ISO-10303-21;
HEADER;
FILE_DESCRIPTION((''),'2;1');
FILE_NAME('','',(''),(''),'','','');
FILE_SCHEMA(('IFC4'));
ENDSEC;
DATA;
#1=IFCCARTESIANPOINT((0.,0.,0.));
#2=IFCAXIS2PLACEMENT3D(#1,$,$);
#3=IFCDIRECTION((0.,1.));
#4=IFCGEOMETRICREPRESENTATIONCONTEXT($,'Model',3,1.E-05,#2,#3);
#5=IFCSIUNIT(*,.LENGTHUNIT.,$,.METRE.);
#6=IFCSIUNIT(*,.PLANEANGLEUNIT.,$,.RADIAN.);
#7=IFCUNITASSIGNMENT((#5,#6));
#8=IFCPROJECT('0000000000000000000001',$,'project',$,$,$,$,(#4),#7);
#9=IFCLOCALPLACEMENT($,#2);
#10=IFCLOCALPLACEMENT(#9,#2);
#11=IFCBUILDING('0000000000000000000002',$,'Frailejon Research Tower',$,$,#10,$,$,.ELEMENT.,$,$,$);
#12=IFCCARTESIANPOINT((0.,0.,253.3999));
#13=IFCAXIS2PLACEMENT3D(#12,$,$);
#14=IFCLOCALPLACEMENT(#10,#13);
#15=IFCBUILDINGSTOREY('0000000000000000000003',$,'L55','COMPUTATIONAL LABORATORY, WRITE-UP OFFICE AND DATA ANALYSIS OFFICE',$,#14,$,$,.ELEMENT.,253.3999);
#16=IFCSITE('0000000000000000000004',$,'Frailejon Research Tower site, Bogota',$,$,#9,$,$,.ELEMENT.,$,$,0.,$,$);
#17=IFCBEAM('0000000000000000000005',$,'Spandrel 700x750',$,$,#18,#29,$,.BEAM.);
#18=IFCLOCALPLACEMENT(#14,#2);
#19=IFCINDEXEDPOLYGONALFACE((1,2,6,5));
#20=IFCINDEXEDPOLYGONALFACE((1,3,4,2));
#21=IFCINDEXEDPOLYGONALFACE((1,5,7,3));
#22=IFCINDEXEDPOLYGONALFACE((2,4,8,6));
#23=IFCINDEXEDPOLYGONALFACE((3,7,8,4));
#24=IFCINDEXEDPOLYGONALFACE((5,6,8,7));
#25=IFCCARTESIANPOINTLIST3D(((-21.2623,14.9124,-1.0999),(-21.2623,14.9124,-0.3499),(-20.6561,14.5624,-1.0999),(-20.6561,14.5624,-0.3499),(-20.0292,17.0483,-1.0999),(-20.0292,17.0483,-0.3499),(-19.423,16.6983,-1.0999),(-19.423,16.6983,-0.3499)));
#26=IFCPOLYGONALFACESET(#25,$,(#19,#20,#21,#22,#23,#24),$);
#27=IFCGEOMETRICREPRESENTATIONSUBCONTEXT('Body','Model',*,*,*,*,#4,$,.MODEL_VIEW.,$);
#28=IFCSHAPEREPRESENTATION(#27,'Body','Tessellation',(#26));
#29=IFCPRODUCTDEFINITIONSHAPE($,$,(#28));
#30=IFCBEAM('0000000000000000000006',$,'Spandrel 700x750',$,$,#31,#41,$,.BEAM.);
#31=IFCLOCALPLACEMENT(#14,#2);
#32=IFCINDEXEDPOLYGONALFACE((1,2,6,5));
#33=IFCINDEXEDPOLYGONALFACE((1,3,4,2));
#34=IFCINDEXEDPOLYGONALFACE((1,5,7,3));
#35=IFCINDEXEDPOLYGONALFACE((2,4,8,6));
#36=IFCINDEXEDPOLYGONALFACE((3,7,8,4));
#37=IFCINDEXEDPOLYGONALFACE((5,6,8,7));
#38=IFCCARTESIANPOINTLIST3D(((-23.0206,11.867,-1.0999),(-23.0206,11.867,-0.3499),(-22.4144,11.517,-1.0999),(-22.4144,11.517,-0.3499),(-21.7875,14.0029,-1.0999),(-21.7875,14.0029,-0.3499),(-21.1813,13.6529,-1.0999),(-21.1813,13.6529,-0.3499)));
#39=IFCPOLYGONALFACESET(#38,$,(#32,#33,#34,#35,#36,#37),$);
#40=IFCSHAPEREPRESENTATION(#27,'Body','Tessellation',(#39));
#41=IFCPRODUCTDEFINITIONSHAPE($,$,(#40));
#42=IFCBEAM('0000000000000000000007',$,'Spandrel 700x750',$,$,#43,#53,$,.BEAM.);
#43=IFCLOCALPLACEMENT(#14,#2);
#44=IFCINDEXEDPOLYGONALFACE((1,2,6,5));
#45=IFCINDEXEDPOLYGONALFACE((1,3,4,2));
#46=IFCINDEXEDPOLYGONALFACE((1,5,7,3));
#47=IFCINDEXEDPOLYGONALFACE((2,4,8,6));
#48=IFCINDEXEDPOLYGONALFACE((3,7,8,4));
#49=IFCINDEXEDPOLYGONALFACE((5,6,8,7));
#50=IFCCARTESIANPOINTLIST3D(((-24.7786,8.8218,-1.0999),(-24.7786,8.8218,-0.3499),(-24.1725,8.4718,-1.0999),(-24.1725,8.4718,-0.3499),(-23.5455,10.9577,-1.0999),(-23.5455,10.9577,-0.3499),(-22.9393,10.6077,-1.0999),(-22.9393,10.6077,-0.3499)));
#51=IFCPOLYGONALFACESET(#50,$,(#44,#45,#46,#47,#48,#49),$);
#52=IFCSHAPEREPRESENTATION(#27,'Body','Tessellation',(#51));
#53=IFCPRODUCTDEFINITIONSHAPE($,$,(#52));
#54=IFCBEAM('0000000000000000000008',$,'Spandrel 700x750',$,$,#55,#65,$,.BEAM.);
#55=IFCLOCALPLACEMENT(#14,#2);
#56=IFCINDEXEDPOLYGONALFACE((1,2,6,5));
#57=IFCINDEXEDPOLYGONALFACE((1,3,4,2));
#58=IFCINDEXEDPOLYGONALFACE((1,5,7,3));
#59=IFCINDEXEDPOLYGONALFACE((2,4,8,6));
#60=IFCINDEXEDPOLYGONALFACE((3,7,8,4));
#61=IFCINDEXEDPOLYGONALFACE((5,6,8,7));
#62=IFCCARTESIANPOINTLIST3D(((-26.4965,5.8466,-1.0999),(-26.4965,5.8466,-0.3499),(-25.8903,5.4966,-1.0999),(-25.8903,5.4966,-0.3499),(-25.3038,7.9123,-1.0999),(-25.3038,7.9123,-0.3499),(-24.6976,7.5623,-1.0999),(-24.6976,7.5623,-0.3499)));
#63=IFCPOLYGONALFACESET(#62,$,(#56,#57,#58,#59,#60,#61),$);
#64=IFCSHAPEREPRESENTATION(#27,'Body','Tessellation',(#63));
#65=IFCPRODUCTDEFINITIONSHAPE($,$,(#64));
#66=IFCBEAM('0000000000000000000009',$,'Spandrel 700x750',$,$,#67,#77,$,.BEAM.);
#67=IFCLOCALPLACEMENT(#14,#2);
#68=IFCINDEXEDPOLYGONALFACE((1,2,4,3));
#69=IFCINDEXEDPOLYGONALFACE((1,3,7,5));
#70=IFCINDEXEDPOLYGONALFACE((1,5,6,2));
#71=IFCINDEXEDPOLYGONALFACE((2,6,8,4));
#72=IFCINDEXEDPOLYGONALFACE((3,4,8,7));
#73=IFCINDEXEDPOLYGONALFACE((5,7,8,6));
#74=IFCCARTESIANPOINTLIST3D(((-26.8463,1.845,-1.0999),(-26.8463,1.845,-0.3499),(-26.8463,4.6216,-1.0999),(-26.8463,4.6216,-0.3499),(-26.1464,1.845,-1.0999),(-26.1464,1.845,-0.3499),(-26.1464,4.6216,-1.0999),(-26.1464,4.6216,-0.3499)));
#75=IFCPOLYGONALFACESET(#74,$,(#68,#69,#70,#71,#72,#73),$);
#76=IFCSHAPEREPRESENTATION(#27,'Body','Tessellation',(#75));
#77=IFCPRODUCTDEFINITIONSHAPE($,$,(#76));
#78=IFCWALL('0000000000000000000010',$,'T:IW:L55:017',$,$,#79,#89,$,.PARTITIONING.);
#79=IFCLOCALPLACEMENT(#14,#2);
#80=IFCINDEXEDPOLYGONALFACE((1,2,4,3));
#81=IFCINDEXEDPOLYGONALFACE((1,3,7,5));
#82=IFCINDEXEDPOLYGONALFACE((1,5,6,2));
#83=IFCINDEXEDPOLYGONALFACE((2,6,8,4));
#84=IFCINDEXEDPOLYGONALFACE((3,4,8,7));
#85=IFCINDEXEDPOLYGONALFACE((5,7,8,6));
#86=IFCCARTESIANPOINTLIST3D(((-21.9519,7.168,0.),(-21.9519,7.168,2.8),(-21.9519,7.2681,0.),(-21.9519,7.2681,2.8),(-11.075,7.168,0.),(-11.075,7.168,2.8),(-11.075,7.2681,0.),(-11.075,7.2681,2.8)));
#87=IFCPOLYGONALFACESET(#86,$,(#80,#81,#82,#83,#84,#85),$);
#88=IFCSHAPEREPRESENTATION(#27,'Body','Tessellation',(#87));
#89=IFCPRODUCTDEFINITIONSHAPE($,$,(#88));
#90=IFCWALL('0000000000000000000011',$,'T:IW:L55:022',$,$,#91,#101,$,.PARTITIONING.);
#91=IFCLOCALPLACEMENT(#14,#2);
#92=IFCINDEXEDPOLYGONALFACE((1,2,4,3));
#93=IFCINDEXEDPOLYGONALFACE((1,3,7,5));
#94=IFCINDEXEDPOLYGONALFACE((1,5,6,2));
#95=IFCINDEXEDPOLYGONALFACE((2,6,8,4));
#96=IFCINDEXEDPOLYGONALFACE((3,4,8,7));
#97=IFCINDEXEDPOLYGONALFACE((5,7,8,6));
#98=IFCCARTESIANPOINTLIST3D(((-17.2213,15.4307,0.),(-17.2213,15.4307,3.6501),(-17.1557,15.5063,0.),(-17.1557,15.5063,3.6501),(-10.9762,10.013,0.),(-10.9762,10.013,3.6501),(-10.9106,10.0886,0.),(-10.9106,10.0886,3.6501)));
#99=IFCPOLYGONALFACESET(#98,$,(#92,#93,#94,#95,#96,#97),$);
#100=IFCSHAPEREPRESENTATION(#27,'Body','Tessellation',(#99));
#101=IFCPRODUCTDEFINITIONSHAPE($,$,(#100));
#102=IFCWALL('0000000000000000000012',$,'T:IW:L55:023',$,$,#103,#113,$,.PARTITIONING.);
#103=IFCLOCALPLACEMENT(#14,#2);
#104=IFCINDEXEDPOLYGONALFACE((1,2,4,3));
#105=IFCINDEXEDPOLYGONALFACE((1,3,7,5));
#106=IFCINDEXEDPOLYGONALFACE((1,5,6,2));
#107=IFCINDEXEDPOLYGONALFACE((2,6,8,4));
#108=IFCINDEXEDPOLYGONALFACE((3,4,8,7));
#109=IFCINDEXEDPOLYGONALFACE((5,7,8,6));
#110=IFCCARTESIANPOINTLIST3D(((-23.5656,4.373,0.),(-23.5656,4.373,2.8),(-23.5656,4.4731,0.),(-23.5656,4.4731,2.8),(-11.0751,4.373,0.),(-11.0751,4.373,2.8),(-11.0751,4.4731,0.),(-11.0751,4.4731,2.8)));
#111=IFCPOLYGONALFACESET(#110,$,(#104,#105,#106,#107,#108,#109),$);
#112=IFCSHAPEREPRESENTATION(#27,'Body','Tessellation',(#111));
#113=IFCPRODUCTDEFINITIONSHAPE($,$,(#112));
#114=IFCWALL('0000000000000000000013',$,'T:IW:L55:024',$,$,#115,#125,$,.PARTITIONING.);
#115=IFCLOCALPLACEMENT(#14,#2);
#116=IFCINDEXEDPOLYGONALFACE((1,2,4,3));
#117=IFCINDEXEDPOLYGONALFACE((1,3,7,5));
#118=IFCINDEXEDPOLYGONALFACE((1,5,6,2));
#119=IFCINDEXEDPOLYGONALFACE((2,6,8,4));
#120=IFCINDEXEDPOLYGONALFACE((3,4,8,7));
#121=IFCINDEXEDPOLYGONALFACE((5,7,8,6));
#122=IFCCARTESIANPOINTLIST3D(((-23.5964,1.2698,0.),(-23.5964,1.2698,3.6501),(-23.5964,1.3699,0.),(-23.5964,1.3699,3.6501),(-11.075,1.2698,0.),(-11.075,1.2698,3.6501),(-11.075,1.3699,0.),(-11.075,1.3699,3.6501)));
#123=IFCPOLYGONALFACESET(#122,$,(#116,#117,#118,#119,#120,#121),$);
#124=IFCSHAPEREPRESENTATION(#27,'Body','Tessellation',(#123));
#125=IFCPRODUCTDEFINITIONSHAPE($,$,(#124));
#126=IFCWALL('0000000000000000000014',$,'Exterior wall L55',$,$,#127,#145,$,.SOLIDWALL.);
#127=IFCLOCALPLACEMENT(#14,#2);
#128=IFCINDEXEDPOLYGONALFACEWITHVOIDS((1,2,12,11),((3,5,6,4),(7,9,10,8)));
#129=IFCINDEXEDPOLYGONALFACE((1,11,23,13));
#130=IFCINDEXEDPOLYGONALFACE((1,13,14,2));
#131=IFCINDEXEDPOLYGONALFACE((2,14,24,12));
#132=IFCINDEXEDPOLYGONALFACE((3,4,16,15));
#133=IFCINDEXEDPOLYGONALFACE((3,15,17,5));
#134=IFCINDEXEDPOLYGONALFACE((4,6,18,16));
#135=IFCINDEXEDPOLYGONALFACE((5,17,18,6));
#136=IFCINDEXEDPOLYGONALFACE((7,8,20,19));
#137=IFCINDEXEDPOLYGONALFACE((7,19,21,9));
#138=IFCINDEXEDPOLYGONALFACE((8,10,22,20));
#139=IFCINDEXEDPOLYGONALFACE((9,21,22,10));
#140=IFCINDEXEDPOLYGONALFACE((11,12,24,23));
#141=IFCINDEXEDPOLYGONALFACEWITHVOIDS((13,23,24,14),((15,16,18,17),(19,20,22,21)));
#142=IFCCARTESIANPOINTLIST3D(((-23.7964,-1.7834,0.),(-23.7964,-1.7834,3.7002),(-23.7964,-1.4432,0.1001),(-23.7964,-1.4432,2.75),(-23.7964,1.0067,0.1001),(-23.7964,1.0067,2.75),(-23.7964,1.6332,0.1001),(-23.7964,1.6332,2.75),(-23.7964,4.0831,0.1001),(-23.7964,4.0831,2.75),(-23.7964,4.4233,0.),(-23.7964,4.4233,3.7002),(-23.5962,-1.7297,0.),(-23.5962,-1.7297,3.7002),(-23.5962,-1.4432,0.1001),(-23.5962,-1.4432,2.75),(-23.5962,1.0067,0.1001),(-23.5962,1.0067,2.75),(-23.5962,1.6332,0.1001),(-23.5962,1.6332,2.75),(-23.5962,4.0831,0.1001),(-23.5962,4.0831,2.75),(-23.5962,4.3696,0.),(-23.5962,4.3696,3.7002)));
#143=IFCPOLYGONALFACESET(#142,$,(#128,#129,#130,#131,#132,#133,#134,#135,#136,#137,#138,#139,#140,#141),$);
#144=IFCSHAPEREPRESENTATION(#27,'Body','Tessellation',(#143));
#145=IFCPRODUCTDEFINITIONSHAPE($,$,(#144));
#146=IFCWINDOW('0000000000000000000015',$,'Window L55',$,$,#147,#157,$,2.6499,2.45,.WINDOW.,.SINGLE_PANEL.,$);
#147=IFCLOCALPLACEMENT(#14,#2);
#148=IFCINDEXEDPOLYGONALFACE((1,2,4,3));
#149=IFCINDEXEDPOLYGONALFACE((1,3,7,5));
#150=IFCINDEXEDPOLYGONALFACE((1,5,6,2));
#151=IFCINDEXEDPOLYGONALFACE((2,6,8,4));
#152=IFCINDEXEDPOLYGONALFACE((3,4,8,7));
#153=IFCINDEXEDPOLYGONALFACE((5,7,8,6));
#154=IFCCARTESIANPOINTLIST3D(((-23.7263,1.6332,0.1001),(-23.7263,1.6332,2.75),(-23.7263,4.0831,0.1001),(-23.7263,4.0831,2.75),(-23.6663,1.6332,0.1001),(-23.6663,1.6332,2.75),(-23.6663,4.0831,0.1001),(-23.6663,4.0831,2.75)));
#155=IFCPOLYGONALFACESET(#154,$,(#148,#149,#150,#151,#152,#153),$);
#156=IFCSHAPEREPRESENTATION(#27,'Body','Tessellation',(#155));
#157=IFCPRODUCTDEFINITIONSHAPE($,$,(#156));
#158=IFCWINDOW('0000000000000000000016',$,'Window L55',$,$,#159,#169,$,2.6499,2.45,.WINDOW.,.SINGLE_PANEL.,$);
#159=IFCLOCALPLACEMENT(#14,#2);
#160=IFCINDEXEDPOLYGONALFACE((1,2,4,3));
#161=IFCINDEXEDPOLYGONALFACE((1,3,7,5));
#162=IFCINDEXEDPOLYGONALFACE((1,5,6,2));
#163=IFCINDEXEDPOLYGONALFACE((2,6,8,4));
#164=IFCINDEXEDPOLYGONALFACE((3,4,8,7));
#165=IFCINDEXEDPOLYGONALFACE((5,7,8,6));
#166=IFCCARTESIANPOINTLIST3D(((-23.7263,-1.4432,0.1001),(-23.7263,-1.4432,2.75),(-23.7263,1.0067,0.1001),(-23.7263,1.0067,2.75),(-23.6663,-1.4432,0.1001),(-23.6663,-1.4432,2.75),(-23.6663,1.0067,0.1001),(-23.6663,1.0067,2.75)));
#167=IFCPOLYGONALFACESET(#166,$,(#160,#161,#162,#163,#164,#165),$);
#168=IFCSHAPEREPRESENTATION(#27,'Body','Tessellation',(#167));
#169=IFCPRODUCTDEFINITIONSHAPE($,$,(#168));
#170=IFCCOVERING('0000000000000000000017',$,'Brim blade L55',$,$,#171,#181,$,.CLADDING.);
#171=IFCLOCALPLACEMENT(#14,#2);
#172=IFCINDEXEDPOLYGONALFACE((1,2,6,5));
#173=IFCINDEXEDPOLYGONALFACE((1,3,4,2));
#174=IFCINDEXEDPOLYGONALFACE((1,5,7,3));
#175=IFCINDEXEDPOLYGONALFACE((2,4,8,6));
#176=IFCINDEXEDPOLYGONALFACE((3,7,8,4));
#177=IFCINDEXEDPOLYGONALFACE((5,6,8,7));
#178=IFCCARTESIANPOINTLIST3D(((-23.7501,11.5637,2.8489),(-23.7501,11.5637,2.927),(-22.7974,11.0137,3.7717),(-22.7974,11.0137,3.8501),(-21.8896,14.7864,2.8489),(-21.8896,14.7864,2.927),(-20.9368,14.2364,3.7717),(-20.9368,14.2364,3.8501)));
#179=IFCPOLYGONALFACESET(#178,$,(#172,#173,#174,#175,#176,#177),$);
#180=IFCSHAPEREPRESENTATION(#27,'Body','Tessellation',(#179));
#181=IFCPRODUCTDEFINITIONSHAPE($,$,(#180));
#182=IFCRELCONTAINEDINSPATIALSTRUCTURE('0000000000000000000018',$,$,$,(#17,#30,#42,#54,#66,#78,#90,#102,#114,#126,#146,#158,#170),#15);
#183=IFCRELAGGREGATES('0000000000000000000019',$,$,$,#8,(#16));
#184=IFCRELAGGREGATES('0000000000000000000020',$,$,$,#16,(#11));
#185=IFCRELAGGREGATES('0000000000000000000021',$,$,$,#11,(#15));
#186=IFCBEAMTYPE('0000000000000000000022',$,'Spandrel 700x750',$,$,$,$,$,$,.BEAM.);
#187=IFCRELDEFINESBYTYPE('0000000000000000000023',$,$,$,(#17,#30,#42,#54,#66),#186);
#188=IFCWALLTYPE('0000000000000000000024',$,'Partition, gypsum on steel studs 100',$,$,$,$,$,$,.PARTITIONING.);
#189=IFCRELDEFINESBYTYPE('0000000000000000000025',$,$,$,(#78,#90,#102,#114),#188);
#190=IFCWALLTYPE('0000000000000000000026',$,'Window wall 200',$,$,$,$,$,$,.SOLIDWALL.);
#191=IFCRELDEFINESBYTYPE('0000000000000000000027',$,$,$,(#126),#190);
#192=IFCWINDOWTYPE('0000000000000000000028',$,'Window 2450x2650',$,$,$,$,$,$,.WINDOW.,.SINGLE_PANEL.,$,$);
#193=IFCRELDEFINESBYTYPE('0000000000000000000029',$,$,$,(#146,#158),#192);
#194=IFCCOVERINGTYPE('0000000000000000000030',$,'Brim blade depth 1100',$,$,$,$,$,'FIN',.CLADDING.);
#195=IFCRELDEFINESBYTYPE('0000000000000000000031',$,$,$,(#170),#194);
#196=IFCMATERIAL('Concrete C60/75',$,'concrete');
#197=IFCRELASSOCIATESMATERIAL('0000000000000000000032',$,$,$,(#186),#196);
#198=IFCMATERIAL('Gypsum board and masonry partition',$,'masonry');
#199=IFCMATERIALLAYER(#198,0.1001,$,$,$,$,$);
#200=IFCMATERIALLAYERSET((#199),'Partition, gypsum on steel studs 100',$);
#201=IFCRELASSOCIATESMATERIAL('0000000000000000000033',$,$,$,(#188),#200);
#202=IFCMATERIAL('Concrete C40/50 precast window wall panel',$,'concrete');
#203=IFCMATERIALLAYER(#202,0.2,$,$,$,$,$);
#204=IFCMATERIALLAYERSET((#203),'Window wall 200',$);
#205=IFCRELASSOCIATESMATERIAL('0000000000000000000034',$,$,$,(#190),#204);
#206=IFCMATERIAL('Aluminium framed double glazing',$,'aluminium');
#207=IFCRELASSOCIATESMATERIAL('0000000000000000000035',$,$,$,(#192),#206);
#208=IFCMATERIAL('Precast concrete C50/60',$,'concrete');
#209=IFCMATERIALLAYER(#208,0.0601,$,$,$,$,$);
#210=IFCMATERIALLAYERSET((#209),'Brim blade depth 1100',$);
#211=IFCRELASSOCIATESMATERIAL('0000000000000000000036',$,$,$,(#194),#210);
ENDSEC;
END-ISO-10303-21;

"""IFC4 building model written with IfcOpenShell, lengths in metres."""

from ifc_helpers import new_model, si_unit, direction, frame, frame_2d, origin, origin_2d, place, context, subcontext, project, spatial, polyline, rectangle, outline, extrude, material, layer, layer_set, material_profile, profile_set, type_object, element, fill, save


model = new_model("IFC4")

# Units and contexts
model_context = context("Model", 3, precision=1e-05, world=origin(), true_north=direction((0.0, 1.0)))
body_context = subcontext(model_context, "Body", "Model", "MODEL_VIEW")
ifc_project = project(units=[si_unit("LENGTHUNIT", "METRE"), si_unit("PLANEANGLEUNIT", "RADIAN")], contexts=[model_context])

# Site, building, storey
site_placement = place(None, origin())
site = spatial("IfcSite", under=ifc_project, at=site_placement, Name="Frailejon Research Tower site, Bogota", CompositionType="ELEMENT", RefElevation=0.0)
building_placement = place(site_placement, origin())
building = spatial("IfcBuilding", under=site, at=building_placement, Name="Frailejon Research Tower", CompositionType="ELEMENT")
storey_placement = place(building_placement, frame((0.0, 0.0, 253.3999)))
storey = spatial("IfcBuildingStorey", under=building, at=storey_placement, Name="L55", Description="COMPUTATIONAL LABORATORY, WRITE-UP OFFICE AND DATA ANALYSIS OFFICE", CompositionType="ELEMENT", Elevation=253.3999)

# Beams
ifc_material_1 = material(Name="Concrete C60/75", Category="concrete")
ifc_material_profile_1 = material_profile(ifc_material_1, rectangle(XDim=0.7, YDim=0.75, at=origin_2d()), Name="Spandrel 700x750")
ifc_profile_set_1 = profile_set([ifc_material_profile_1], Name="Concrete C60/75")
beam_type_1 = type_object("IfcBeamType", Name="Spandrel 700x750", PredefinedType="BEAM", material=ifc_profile_set_1)
for number, where, z_axis, x_axis, name in (
    (1, (-19.7261, 16.8733, -0.7249), (-0.499982, -0.866036, 0.0), (0.866036, -0.499982, 0.0), "Spandrel 700x750"),
    (2, (-21.4844, 13.8279, -0.7249), (-0.499982, -0.866036, 0.0), (0.866036, -0.499982, 0.0), "Spandrel 700x750"),
    (3, (-23.2424, 10.7827, -0.7249), (-0.499982, -0.866036, 0.0), (0.866036, -0.499982, 0.0), "Spandrel 700x750"),
):
    element("IfcBeam", number, at=place(storey_placement, frame(where, z_axis=z_axis, x_axis=x_axis)), inside=storey, type_object=beam_type_1, Name=name, PredefinedType="BEAM", context=body_context, shape_type="SweptSolid", body=[
        extrude(rectangle(XDim=0.7, YDim=0.75, at=origin_2d()), origin(), (0.0, 0.0, 1.0), 2.4663),
    ])
beam_1_placement = place(storey_placement, frame((-25.0007, 7.7373, -0.7249), z_axis=(-0.500003, -0.866024, 0.0), x_axis=(0.866024, -0.500003, 0.0)))
element("IfcBeam", 4, at=beam_1_placement, inside=storey, type_object=beam_type_1, Name="Spandrel 700x750", PredefinedType="BEAM", context=body_context, shape_type="SweptSolid", body=[
    extrude(rectangle(XDim=0.7, YDim=0.75, at=origin_2d()), origin(), (0.0, 0.0, 1.0), 2.3853),
])
beam_2_placement = place(storey_placement, frame((-26.4963, 4.6216, -0.7249), z_axis=(0.0, -1.0, 0.0), x_axis=(1.0, 0.0, 0.0)))
element("IfcBeam", 5, at=beam_2_placement, inside=storey, type_object=beam_type_1, Name="Spandrel 700x750", PredefinedType="BEAM", context=body_context, shape_type="SweptSolid", body=[
    extrude(rectangle(XDim=0.7, YDim=0.75, at=origin_2d()), origin(), (0.0, 0.0, 1.0), 2.7766),
])

# Walls
ifc_material_2 = material(Name="Gypsum board and masonry partition", Category="masonry")
ifc_layer_1 = layer(ifc_material_2, 0.1001)
ifc_layer_set_1 = layer_set([ifc_layer_1], Name="Partition, gypsum on steel studs 100")
wall_type_1 = type_object("IfcWallType", Name="Partition, gypsum on steel studs 100", PredefinedType="PARTITIONING", material=ifc_layer_set_1)
wall_1_placement = place(storey_placement, frame((-21.9519, 7.218, 0.0), z_axis=(0.0, 0.0, 1.0), x_axis=(1.0, 0.0, 0.0)))
element("IfcWall", 6, at=wall_1_placement, inside=storey, type_object=wall_type_1, Name="T:IW:L55:017", PredefinedType="PARTITIONING", context=body_context, shape_type="SweptSolid", body=[
    extrude(rectangle(XDim=10.877, YDim=0.1001, at=frame_2d((5.4385, 0.0))), origin(), (0.0, 0.0, 1.0), 2.8),
])
wall_2_placement = place(storey_placement, frame((-17.1885, 15.4685, 0.0), z_axis=(0.0, 0.0, 1.0), x_axis=(0.755372, -0.655296, 0.0)))
element("IfcWall", 7, at=wall_2_placement, inside=storey, type_object=wall_type_1, Name="T:IW:L55:022", PredefinedType="PARTITIONING", context=body_context, shape_type="SweptSolid", body=[
    extrude(rectangle(XDim=8.2676, YDim=0.1001, at=frame_2d((4.1338, 0.0))), origin(), (0.0, 0.0, 1.0), 3.6501),
])
wall_3_placement = place(storey_placement, frame((-23.5654, 4.4231, 0.0), z_axis=(0.0, 0.0, 1.0), x_axis=(1.0, 0.0, 0.0)))
element("IfcWall", 8, at=wall_3_placement, inside=storey, type_object=wall_type_1, Name="T:IW:L55:023", PredefinedType="PARTITIONING", context=body_context, shape_type="SweptSolid", body=[
    extrude(rectangle(XDim=12.4905, YDim=0.1001, at=frame_2d((6.2451, 0.0))), origin(), (0.0, 0.0, 1.0), 2.8),
])
wall_4_placement = place(storey_placement, frame((-23.5964, 1.3198, 0.0), z_axis=(0.0, 0.0, 1.0), x_axis=(1.0, 0.0, 0.0)))
element("IfcWall", 9, at=wall_4_placement, inside=storey, type_object=wall_type_1, Name="T:IW:L55:024", PredefinedType="PARTITIONING", context=body_context, shape_type="SweptSolid", body=[
    extrude(rectangle(XDim=12.5215, YDim=0.1001, at=frame_2d((6.2607, 0.0))), origin(), (0.0, 0.0, 1.0), 3.6501),
])

# Wall, openings, windows
ifc_material_3 = material(Name="Concrete C40/50 precast window wall panel", Category="concrete")
ifc_layer_2 = layer(ifc_material_3, 0.2)
ifc_layer_set_2 = layer_set([ifc_layer_2], Name="Window wall 200")
wall_type_2 = type_object("IfcWallType", Name="Window wall 200", PredefinedType="SOLIDWALL", material=ifc_layer_set_2)
wall_5_placement = place(storey_placement, frame((-23.6963, 4.3965, 0.0), z_axis=(0.0, 0.0, 1.0), x_axis=(0.0, -1.0, 0.0)))
wall_5 = element("IfcWall", 10, at=wall_5_placement, inside=storey, type_object=wall_type_2, Name="Exterior wall L55", PredefinedType="SOLIDWALL", context=body_context, shape_type="SweptSolid", body=[
    extrude(outline(polyline([(-0.0269, -0.1001), (1.0076, -0.1001), (2.042, -0.1001), (3.0767, -0.1001), (4.1111, -0.1001), (5.1455, -0.1001), (6.1799, -0.1001), (6.1262, 0.1001), (5.1096, 0.1001), (4.093, 0.1001), (3.0767, 0.1001), (2.0601, 0.1001), (1.0435, 0.1001), (0.0269, 0.1001), (-0.0269, -0.1001)])), origin(), (0.0, 0.0, 1.0), 3.7002),
])
opening_1_placement = place(wall_5_placement, frame((0.3132, 0.0, 0.1001)))
opening_1 = element("IfcOpeningElement", 11, at=opening_1_placement, cuts=wall_5, PredefinedType="OPENING", context=body_context, shape_type="SweptSolid", body=[
    extrude(rectangle(XDim=2.45, YDim=2.6499, at=frame_2d((1.2251, 1.325))), frame((0.0, 0.1099, 0.0), z_axis=(0.0, -1.0, 0.0), x_axis=(1.0, 0.0, 0.0)), (0.0, 0.0, 1.0), 0.22),
])
opening_2_placement = place(wall_5_placement, frame((3.3896, 0.0, 0.1001)))
opening_2 = element("IfcOpeningElement", 12, at=opening_2_placement, cuts=wall_5, PredefinedType="OPENING", context=body_context, shape_type="SweptSolid", body=[
    extrude(rectangle(XDim=2.45, YDim=2.6499, at=frame_2d((1.2251, 1.325))), frame((0.0, 0.1099, 0.0), z_axis=(0.0, -1.0, 0.0), x_axis=(1.0, 0.0, 0.0)), (0.0, 0.0, 1.0), 0.22),
])
ifc_material_4 = material(Name="Aluminium framed double glazing", Category="aluminium")
window_type = type_object("IfcWindowType", Name="Window 2450x2650", PartitioningType="SINGLE_PANEL", PredefinedType="WINDOW", material=ifc_material_4)
window_1_placement = place(opening_1_placement, origin())
window_1 = element("IfcWindow", 13, at=window_1_placement, inside=storey, type_object=window_type, Name="Window L55", OverallHeight=2.6499, OverallWidth=2.45, PartitioningType="SINGLE_PANEL", PredefinedType="WINDOW", context=body_context, shape_type="SweptSolid", body=[
    extrude(rectangle(XDim=2.45, YDim=2.6499, at=frame_2d((1.2251, 1.325))), frame((0.0, 0.03, 0.0), z_axis=(0.0, -1.0, 0.0), x_axis=(1.0, 0.0, 0.0)), (0.0, 0.0, 1.0), 0.0601),
])
fill(opening_1, window_1)
window_2_placement = place(opening_2_placement, origin())
window_2 = element("IfcWindow", 14, at=window_2_placement, inside=storey, type_object=window_type, Name="Window L55", OverallHeight=2.6499, OverallWidth=2.45, PartitioningType="SINGLE_PANEL", PredefinedType="WINDOW", context=body_context, shape_type="SweptSolid", body=[
    extrude(rectangle(XDim=2.45, YDim=2.6499, at=frame_2d((1.2251, 1.325))), frame((0.0, 0.03, 0.0), z_axis=(0.0, -1.0, 0.0), x_axis=(1.0, 0.0, 0.0)), (0.0, 0.0, 1.0), 0.0601),
])
fill(opening_2, window_2)

# Covering
ifc_material_5 = material(Name="Precast concrete C50/60", Category="concrete")
ifc_layer_3 = layer(ifc_material_5, 0.0601)
ifc_layer_set_3 = layer_set([ifc_layer_3], Name="Brim blade depth 1100")
covering_type_1 = type_object("IfcCoveringType", Name="Brim blade depth 1100", ElementType="FIN", PredefinedType="CLADDING", material=ifc_layer_set_3)
for number, where, z_axis, x_axis, name in (
    (15, (-22.7974, 11.0137, 3.8501), (0.499984, 0.866035, 0.0), (-0.866035, 0.499984, 0.0), "Brim blade L55"),
):
    element("IfcCovering", number, at=place(storey_placement, frame(where, z_axis=z_axis, x_axis=x_axis)), inside=storey, type_object=covering_type_1, Name=name, PredefinedType="CLADDING", context=body_context, shape_type="SweptSolid", body=[
        extrude(outline(polyline([(0.0, -0.0784), (1.1001, -1.0012), (1.1001, -0.9231), (0.0, 0.0), (0.0, -0.0784)])), origin(), (0.0, 0.0, 1.0), 3.7212),
    ])

save(model, "model.ifc")
